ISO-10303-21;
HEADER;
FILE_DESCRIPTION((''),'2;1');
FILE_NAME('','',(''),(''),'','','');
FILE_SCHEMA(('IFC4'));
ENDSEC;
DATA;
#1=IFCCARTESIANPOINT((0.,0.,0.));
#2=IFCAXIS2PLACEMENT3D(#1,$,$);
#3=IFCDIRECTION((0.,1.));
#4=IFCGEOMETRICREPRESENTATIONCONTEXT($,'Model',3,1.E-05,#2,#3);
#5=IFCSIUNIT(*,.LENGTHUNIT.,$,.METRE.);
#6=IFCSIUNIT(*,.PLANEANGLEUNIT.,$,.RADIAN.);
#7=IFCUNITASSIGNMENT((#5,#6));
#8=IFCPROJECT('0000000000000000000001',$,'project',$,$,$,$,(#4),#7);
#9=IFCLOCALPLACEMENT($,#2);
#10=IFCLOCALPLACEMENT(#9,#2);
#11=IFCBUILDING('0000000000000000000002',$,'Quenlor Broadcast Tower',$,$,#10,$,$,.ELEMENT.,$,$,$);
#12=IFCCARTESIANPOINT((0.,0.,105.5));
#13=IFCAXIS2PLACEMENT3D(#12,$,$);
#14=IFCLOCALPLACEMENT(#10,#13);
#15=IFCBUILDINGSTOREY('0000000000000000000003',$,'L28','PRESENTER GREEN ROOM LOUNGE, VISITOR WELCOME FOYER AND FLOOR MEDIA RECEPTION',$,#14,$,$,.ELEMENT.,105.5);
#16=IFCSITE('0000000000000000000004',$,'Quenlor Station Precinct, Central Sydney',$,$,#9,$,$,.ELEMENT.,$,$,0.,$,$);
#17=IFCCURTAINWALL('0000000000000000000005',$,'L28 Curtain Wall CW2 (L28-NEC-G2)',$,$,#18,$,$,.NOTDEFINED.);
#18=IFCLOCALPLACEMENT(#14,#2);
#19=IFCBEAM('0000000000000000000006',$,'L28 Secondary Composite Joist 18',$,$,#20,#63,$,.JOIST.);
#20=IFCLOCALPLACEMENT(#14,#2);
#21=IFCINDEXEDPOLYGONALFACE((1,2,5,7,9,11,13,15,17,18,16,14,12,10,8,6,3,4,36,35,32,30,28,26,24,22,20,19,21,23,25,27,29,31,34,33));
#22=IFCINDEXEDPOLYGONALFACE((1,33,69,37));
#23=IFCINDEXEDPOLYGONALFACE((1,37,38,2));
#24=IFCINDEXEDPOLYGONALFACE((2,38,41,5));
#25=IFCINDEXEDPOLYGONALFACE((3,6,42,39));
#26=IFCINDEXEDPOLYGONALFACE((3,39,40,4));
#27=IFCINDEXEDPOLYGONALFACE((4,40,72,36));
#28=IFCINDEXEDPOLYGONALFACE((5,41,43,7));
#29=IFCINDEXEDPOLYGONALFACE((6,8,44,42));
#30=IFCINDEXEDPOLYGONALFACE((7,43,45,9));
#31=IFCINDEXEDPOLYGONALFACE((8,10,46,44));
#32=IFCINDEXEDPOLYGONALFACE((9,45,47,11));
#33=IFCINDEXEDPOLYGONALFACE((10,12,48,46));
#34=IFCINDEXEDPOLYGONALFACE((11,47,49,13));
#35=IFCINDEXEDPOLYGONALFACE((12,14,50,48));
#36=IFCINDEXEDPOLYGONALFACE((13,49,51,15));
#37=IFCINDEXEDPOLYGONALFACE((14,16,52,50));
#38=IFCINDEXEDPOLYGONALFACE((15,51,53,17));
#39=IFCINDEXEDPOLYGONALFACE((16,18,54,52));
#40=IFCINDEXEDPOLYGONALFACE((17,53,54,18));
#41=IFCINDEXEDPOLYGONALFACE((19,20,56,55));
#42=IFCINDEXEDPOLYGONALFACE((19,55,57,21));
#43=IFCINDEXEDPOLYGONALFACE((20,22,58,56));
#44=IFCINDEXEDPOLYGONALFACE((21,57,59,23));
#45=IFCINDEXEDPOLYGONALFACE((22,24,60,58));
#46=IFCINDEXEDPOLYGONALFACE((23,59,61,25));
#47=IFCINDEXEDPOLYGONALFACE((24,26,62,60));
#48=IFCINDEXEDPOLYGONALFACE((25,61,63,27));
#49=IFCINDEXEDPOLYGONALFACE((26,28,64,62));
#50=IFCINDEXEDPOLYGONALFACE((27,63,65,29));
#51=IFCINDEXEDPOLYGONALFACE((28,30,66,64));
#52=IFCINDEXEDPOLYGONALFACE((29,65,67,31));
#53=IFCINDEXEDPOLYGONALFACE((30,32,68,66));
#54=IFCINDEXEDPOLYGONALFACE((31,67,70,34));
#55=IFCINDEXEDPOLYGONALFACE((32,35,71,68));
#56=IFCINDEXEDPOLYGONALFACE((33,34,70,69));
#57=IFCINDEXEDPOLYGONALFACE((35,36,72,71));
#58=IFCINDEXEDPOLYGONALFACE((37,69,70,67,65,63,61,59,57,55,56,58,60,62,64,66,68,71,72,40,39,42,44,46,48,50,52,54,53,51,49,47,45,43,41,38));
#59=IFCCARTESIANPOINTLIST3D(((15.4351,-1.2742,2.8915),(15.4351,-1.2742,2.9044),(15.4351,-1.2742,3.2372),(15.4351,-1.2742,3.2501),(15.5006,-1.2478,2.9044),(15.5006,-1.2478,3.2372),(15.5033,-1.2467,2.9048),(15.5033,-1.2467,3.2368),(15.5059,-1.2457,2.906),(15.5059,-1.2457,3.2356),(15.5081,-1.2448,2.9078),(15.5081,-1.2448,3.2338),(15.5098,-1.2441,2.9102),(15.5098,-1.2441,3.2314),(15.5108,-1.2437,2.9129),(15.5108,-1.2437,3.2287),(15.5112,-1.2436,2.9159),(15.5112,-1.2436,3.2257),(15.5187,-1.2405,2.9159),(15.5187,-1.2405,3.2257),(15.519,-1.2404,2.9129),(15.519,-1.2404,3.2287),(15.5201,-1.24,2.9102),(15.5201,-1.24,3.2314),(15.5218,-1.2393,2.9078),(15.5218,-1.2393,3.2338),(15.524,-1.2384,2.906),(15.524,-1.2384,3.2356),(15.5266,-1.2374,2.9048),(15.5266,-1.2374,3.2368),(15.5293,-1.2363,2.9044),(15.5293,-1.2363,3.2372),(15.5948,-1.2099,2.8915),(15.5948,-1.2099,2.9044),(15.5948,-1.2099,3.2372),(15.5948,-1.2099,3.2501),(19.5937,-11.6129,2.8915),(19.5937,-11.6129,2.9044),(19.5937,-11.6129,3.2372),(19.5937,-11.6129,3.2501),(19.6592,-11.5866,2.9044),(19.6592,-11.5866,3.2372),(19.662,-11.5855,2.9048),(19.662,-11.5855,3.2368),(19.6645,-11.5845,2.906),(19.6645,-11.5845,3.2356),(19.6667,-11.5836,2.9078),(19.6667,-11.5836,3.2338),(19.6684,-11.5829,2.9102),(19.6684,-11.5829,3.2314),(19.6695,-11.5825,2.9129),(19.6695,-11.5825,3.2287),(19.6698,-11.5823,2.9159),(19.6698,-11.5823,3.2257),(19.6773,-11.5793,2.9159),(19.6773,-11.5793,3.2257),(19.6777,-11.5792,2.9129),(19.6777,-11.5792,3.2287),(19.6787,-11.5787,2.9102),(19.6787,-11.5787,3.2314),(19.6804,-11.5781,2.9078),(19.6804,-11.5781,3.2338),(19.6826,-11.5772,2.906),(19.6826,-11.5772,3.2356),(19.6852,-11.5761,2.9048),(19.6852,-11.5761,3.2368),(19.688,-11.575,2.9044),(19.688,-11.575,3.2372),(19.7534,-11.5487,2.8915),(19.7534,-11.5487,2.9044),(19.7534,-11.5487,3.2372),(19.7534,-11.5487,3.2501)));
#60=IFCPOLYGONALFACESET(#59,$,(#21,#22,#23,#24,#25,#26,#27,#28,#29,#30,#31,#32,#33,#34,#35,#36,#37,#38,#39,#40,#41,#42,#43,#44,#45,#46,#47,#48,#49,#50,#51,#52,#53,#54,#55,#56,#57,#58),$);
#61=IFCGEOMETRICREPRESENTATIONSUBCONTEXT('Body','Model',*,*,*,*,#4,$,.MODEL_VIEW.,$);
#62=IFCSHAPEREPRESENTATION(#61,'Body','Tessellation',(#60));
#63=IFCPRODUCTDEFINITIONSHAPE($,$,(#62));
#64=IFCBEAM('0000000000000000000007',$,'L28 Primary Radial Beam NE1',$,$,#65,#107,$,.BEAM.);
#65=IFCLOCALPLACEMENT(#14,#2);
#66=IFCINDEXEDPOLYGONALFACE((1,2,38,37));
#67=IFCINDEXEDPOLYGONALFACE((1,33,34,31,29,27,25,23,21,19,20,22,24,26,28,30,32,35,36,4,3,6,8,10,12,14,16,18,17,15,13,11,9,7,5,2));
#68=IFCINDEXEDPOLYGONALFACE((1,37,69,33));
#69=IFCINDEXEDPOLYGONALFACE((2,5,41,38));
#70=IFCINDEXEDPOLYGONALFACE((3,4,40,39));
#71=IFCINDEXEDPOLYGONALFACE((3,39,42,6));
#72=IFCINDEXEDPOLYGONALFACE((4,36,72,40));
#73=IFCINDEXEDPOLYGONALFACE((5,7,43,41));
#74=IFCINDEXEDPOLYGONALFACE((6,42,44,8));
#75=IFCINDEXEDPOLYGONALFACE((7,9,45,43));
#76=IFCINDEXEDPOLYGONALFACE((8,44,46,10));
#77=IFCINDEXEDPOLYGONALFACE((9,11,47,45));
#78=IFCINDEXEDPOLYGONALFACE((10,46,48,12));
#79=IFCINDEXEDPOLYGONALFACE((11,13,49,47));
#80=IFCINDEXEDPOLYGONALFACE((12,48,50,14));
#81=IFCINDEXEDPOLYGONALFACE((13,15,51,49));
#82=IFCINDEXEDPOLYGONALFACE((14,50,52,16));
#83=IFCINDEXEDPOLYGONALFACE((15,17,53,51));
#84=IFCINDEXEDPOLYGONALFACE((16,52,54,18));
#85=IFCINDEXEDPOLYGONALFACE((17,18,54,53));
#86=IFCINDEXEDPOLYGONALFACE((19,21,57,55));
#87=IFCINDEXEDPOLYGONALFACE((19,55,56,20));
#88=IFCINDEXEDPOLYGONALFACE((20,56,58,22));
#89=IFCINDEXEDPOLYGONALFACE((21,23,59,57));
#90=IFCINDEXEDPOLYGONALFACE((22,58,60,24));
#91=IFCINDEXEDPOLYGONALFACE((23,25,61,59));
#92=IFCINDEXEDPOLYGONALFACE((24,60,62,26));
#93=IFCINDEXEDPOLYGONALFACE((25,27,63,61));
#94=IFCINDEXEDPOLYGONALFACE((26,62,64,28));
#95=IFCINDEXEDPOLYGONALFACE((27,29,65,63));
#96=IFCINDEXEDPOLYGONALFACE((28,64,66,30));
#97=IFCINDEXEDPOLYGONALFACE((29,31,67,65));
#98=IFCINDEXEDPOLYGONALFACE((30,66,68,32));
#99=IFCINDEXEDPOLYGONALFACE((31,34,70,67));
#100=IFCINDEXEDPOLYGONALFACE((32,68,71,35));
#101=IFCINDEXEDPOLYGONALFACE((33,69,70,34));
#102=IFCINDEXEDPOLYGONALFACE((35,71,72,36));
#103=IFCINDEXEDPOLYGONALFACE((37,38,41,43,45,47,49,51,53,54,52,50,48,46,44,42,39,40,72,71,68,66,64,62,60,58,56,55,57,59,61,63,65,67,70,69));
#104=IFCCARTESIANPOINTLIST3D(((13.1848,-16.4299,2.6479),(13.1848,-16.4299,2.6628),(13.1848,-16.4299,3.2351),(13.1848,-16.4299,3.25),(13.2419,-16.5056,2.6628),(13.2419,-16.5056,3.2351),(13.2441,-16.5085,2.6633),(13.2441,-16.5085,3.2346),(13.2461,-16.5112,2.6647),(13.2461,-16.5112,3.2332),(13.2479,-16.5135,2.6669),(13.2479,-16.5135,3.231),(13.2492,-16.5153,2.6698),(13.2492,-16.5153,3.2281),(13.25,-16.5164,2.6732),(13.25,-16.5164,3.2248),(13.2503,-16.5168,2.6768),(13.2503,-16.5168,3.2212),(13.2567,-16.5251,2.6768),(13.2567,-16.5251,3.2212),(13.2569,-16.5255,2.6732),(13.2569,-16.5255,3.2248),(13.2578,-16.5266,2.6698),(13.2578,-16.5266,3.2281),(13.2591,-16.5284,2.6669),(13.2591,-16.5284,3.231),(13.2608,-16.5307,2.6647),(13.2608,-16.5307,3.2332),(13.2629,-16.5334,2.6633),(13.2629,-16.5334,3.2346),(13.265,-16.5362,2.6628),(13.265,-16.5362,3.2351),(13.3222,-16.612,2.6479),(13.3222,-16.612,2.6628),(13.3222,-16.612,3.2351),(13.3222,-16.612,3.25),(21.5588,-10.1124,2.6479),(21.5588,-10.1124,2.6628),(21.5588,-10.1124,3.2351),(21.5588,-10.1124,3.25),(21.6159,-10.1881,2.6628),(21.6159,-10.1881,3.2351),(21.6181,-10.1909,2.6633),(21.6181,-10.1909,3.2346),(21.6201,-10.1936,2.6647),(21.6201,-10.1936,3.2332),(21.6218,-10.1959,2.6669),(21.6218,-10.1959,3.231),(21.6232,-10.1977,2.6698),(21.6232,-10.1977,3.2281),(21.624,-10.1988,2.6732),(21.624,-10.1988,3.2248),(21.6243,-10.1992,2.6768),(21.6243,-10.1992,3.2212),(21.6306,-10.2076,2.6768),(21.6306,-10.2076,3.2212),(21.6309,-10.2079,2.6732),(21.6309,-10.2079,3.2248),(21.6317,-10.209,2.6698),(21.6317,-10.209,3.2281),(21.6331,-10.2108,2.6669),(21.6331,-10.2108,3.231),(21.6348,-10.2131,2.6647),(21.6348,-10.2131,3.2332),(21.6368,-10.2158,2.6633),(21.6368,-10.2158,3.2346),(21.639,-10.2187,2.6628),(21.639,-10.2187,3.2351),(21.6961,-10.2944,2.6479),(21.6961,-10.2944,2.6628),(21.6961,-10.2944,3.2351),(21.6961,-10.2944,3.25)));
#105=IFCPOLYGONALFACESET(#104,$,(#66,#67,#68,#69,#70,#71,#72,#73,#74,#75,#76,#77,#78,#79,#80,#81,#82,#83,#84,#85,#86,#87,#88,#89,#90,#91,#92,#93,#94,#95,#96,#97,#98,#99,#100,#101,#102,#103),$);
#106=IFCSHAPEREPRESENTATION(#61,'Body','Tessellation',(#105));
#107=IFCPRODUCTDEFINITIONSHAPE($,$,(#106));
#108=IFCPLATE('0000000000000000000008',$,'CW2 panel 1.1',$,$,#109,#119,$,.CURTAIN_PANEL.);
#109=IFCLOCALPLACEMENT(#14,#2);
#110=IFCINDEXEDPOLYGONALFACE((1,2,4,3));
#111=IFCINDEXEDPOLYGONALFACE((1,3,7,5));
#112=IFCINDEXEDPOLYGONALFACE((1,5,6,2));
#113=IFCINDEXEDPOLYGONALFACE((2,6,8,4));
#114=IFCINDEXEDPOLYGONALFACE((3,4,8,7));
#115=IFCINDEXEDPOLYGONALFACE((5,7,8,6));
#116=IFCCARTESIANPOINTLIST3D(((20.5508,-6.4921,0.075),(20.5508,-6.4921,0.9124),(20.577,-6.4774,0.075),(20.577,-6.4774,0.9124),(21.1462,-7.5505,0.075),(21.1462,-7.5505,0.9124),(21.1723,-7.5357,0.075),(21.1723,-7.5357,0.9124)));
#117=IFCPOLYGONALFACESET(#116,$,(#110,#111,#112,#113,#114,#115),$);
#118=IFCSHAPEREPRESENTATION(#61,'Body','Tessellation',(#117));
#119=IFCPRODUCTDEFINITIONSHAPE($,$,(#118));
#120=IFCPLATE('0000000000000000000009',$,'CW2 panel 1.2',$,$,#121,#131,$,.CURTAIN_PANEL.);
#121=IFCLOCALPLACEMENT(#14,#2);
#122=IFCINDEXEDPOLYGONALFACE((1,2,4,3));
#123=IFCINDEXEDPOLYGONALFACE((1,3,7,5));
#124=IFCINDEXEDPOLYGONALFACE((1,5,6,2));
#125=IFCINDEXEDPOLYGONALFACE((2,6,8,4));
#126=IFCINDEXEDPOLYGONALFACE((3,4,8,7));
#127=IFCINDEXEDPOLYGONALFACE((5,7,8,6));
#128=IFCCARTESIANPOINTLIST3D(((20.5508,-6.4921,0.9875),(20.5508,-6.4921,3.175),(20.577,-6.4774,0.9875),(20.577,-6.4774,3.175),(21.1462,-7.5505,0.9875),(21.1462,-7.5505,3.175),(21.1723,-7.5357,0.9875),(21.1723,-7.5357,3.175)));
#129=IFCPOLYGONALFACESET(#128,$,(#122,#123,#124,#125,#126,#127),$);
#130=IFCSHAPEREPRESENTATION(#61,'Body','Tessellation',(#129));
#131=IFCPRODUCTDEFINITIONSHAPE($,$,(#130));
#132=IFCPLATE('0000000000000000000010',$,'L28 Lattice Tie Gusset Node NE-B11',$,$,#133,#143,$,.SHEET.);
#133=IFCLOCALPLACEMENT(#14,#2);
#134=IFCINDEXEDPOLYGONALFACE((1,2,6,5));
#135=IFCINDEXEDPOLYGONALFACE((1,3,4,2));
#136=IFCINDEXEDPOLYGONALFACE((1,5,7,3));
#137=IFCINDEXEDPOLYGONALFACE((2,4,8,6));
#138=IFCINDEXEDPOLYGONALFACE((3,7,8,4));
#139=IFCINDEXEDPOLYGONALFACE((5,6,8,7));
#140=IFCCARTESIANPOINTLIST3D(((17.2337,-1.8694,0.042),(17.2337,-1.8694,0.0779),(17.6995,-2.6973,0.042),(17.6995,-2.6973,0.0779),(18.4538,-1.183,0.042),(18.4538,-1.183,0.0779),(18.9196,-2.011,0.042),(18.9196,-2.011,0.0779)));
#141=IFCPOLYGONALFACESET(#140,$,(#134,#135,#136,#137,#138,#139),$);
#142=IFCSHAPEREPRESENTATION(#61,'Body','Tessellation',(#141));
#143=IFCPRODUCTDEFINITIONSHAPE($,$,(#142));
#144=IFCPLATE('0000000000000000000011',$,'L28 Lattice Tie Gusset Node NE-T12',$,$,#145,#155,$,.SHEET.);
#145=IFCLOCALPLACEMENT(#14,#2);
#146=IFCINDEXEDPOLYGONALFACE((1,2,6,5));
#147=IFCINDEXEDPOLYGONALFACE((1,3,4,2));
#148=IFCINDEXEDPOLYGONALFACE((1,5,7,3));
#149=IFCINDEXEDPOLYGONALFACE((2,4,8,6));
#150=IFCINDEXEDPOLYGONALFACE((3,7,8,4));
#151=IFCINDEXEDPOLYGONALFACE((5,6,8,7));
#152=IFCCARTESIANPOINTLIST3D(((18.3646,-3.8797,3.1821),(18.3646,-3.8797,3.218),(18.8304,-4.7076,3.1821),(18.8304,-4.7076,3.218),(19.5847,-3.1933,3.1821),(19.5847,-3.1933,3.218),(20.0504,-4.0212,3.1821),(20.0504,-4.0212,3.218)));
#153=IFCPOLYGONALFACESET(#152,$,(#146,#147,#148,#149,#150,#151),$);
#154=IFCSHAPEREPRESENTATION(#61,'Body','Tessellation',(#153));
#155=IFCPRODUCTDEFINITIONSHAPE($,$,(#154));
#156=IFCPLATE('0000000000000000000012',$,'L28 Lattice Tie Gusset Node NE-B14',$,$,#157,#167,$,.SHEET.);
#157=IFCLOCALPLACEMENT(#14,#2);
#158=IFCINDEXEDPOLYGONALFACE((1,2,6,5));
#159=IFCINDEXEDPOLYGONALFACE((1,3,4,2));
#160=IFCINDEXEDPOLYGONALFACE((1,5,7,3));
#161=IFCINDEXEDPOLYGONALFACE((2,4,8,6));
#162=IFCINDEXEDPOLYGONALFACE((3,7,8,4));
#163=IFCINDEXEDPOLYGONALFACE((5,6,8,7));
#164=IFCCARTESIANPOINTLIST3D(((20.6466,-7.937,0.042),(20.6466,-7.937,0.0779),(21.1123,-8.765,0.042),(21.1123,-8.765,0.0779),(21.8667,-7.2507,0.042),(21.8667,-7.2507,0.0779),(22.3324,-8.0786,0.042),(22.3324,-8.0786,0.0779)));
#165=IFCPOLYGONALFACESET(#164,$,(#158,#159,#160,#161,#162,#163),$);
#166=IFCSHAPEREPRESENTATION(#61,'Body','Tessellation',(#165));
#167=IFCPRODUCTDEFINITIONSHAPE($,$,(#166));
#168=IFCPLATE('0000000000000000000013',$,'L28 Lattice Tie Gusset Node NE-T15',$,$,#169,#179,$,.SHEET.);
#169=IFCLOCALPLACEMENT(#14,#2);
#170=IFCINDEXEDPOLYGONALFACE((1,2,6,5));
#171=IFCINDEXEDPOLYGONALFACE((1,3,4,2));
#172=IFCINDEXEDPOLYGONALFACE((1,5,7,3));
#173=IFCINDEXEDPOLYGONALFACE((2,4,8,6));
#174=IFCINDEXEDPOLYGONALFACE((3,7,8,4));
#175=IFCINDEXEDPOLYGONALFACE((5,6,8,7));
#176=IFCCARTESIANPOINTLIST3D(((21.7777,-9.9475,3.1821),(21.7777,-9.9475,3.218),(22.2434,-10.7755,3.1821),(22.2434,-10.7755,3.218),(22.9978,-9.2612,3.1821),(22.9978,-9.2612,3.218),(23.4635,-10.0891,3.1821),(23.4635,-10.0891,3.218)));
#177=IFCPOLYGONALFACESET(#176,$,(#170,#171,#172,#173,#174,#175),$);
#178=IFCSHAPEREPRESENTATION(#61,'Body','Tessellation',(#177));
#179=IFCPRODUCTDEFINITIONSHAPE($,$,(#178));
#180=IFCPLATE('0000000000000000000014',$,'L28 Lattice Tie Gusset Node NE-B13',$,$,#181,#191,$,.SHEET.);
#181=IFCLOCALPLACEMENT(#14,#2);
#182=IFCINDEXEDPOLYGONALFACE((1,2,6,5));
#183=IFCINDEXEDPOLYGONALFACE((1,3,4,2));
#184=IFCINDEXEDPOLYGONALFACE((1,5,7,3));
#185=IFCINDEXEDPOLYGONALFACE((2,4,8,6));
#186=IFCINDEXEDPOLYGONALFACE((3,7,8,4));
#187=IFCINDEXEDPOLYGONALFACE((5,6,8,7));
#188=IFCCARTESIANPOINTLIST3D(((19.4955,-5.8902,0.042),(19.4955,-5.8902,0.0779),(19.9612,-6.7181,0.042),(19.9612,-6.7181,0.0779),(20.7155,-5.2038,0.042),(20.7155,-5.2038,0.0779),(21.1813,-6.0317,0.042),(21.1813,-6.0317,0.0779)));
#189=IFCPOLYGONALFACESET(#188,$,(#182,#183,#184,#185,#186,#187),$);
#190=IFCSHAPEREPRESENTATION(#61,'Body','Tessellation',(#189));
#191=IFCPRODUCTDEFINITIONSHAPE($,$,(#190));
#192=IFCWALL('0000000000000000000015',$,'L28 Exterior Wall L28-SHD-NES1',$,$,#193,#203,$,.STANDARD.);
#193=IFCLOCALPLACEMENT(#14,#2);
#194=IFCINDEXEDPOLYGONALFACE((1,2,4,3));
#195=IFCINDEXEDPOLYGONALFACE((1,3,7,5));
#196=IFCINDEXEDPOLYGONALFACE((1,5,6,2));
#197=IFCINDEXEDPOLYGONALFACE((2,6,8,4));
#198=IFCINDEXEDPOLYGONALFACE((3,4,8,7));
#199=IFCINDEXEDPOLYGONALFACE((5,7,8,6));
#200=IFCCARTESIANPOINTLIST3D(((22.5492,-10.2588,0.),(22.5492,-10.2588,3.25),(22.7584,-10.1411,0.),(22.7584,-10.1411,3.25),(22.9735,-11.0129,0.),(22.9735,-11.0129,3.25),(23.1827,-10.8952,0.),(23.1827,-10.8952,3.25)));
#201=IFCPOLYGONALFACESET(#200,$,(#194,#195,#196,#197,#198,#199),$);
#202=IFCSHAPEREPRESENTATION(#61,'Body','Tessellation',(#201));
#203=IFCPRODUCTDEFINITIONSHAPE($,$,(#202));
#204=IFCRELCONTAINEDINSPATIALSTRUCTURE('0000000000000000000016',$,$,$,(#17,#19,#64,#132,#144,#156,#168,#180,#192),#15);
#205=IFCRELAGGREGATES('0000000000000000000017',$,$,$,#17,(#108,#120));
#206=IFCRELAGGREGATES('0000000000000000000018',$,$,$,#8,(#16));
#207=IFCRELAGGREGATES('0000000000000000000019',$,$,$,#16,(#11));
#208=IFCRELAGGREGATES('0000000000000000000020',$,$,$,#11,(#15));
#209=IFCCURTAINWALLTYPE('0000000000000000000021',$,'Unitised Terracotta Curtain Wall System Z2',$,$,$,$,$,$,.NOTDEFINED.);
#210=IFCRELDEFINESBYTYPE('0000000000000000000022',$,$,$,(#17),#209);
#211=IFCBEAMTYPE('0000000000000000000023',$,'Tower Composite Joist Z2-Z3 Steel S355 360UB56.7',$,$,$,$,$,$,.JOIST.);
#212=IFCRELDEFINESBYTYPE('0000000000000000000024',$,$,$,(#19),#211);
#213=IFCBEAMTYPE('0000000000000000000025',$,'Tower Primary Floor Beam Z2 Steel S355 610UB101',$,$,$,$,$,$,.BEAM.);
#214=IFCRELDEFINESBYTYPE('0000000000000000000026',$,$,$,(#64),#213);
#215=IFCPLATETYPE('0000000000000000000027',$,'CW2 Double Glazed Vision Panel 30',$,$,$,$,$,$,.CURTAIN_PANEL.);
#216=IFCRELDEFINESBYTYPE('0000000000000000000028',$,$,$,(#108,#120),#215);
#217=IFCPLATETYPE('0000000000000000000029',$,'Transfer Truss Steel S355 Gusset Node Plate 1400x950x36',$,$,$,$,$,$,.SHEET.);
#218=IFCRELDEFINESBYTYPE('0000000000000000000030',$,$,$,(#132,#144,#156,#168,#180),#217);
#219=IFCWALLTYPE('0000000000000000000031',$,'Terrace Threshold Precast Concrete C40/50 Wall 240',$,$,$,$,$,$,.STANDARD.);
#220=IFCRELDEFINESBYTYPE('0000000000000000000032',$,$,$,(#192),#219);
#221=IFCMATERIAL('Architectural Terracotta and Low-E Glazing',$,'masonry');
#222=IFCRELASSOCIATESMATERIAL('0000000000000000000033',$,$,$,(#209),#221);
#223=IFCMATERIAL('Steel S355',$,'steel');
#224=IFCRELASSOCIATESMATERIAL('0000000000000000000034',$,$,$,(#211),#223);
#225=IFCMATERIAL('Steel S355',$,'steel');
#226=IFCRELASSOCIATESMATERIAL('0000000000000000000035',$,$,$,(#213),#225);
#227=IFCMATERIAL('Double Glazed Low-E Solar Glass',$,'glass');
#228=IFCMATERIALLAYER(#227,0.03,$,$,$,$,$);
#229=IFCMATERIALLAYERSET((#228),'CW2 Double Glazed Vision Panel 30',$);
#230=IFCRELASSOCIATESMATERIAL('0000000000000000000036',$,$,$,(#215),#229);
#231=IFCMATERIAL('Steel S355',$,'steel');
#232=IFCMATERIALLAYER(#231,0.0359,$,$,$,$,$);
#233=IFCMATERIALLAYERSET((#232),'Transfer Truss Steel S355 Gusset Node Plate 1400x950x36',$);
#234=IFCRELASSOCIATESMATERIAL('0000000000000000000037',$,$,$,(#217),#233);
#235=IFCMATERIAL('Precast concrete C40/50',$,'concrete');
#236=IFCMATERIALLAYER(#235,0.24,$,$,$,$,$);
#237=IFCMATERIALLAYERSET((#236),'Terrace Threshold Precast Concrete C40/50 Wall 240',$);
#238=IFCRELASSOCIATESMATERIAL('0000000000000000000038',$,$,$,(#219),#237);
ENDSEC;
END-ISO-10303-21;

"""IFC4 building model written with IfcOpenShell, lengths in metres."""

from ifc_helpers import new_model, si_unit, direction, frame, frame_2d, origin, origin_2d, place, context, subcontext, project, spatial, rectangle, i_section, extrude, material, layer, layer_set, material_profile, profile_set, type_object, element, aggregate, save


model = new_model("IFC4")

# Units and contexts
model_context = context("Model", 3, precision=1e-05, world=origin(), true_north=direction((0.0, 1.0)))
body_context = subcontext(model_context, "Body", "Model", "MODEL_VIEW")
ifc_project = project(units=[si_unit("LENGTHUNIT", "METRE"), si_unit("PLANEANGLEUNIT", "RADIAN")], contexts=[model_context])

# Site, building, storey
site_placement = place(None, origin())
site = spatial("IfcSite", under=ifc_project, at=site_placement, Name="Quenlor Station Precinct, Central Sydney", CompositionType="ELEMENT", RefElevation=0.0)
building_placement = place(site_placement, origin())
building = spatial("IfcBuilding", under=site, at=building_placement, Name="Quenlor Broadcast Tower", CompositionType="ELEMENT")
storey_placement = place(building_placement, frame((0.0, 0.0, 105.5)))
storey = spatial("IfcBuildingStorey", under=building, at=storey_placement, Name="L28", Description="PRESENTER GREEN ROOM LOUNGE, VISITOR WELCOME FOYER AND FLOOR MEDIA RECEPTION", CompositionType="ELEMENT", Elevation=105.5)

# Shared definitions
ifc_material_1 = material(Name="Architectural Terracotta and Low-E Glazing", Category="masonry")
curtain_wall_type = type_object("IfcCurtainWallType", Name="Unitised Terracotta Curtain Wall System Z2", PredefinedType="NOTDEFINED", material=ifc_material_1)

# Curtain wall
curtain_wall_1_placement = place(storey_placement, origin())
curtain_wall_1 = element("IfcCurtainWall", 1, at=curtain_wall_1_placement, inside=storey, type_object=curtain_wall_type, Name="L28 Curtain Wall CW2 (L28-NEC-G2)", PredefinedType="NOTDEFINED")

# Beams
ifc_material_2 = material(Name="Steel S355", Category="steel")
ifc_material_profile_1 = material_profile(ifc_material_2, i_section(OverallWidth=0.1721, OverallDepth=0.3586, WebThickness=0.0081, FlangeThickness=0.0129, FilletRadius=0.0115, at=origin_2d()))
ifc_profile_set_1 = profile_set([ifc_material_profile_1], Name="Steel S355 360UB56.7")
beam_type_1 = type_object("IfcBeamType", Name="Tower Composite Joist Z2-Z3 Steel S355 360UB56.7", PredefinedType="JOIST", material=ifc_profile_set_1)
beam_1_placement = place(storey_placement, frame((19.6736, -11.5808, 3.0708), z_axis=(-0.37318, 0.927759, 0.0), x_axis=(-0.927759, -0.37318, 0.0)))
element("IfcBeam", 2, at=beam_1_placement, inside=storey, type_object=beam_type_1, Name="L28 Secondary Composite Joist 18", PredefinedType="JOIST", context=body_context, shape_type="SweptSolid", body=[
    extrude(i_section(OverallWidth=0.1721, OverallDepth=0.3586, WebThickness=0.0081, FlangeThickness=0.0129, FilletRadius=0.0115, at=origin_2d()), origin(), (0.0, 0.0, 1.0), 11.1438),
])
ifc_material_3 = material(Name="Steel S355", Category="steel")
ifc_material_profile_2 = material_profile(ifc_material_3, i_section(OverallWidth=0.228, OverallDepth=0.6021, WebThickness=0.0105, FlangeThickness=0.0149, FilletRadius=0.0139, at=origin_2d()))
ifc_profile_set_2 = profile_set([ifc_material_profile_2], Name="Steel S355 610UB101")
beam_type_2 = type_object("IfcBeamType", Name="Tower Primary Floor Beam Z2 Steel S355 610UB101", PredefinedType="BEAM", material=ifc_profile_set_2)
beam_2_placement = place(storey_placement, frame((21.6274, -10.2034, 2.949), z_axis=(-0.798299, -0.602262, 0.0), x_axis=(0.602262, -0.798299, 0.0)))
element("IfcBeam", 3, at=beam_2_placement, inside=storey, type_object=beam_type_2, Name="L28 Primary Radial Beam NE1", PredefinedType="BEAM", context=body_context, shape_type="SweptSolid", body=[
    extrude(i_section(OverallWidth=0.228, OverallDepth=0.6021, WebThickness=0.0105, FlangeThickness=0.0149, FilletRadius=0.0139, at=origin_2d()), origin(), (0.0, 0.0, 1.0), 10.4897),
])

# Plates
ifc_material_4 = material(Name="Double Glazed Low-E Solar Glass", Category="glass")
ifc_layer_1 = layer(ifc_material_4, 0.03)
ifc_layer_set_1 = layer_set([ifc_layer_1], Name="CW2 Double Glazed Vision Panel 30")
plate_type_1 = type_object("IfcPlateType", Name="CW2 Double Glazed Vision Panel 30", PredefinedType="CURTAIN_PANEL", material=ifc_layer_set_1)
plate_1_placement = place(storey_placement, frame((20.8616, -7.0139, 0.075), z_axis=(0.0, 0.0, 1.0), x_axis=(0.490279, -0.871566, 0.0)))
plate_1 = element("IfcPlate", 4, at=plate_1_placement, type_object=plate_type_1, Name="CW2 panel 1.1", PredefinedType="CURTAIN_PANEL", context=body_context, shape_type="SweptSolid", body=[
    extrude(rectangle(XDim=1.2144, YDim=0.03, at=origin_2d()), origin(), (0.0, 0.0, 1.0), 0.8374),
])
plate_2_placement = place(storey_placement, frame((20.8616, -7.0139, 0.9875), z_axis=(0.0, 0.0, 1.0), x_axis=(0.490279, -0.871566, 0.0)))
plate_2 = element("IfcPlate", 5, at=plate_2_placement, type_object=plate_type_1, Name="CW2 panel 1.2", PredefinedType="CURTAIN_PANEL", context=body_context, shape_type="SweptSolid", body=[
    extrude(rectangle(XDim=1.2144, YDim=0.03, at=origin_2d()), origin(), (0.0, 0.0, 1.0), 2.1875),
])
aggregate(curtain_wall_1, [plate_1, plate_2])

# Plates
ifc_material_5 = material(Name="Steel S355", Category="steel")
ifc_layer_2 = layer(ifc_material_5, 0.0359)
ifc_layer_set_2 = layer_set([ifc_layer_2], Name="Transfer Truss Steel S355 Gusset Node Plate 1400x950x36")
plate_type_2 = type_object("IfcPlateType", Name="Transfer Truss Steel S355 Gusset Node Plate 1400x950x36", PredefinedType="SHEET", material=ifc_layer_set_2)
for number, where, z_axis, x_axis, name in (
    (6, (18.0767, -1.9402, 0.042), (0.0, 0.0, 1.0), (0.871556, 0.490295, 0.0), "L28 Lattice Tie Gusset Node NE-B11"),
    (7, (19.2075, -3.9504, 3.1821), (0.0, 0.0, 1.0), (0.871556, 0.490295, 0.0), "L28 Lattice Tie Gusset Node NE-T12"),
    (8, (21.4895, -8.0078, 0.042), (0.0, 0.0, 1.0), (0.871556, 0.490295, 0.0), "L28 Lattice Tie Gusset Node NE-B14"),
    (9, (22.6206, -10.0183, 3.1821), (0.0, 0.0, 1.0), (0.871556, 0.490295, 0.0), "L28 Lattice Tie Gusset Node NE-T15"),
    (10, (20.3384, -5.9609, 0.042), (0.0, 0.0, 1.0), (0.871556, 0.490295, 0.0), "L28 Lattice Tie Gusset Node NE-B13"),
):
    element("IfcPlate", number, at=place(storey_placement, frame(where, z_axis=z_axis, x_axis=x_axis)), inside=storey, type_object=plate_type_2, Name=name, PredefinedType="SHEET", context=body_context, shape_type="SweptSolid", body=[
        extrude(rectangle(XDim=1.3999, YDim=0.95, at=origin_2d()), origin(), (0.0, 0.0, 1.0), 0.0359),
    ])

# Wall
ifc_material_6 = material(Name="Precast concrete C40/50", Category="concrete")
ifc_layer_3 = layer(ifc_material_6, 0.24)
ifc_layer_set_3 = layer_set([ifc_layer_3], Name="Terrace Threshold Precast Concrete C40/50 Wall 240")
wall_type_1 = type_object("IfcWallType", Name="Terrace Threshold Precast Concrete C40/50 Wall 240", PredefinedType="STANDARD", material=ifc_layer_set_3)
wall_1_placement = place(storey_placement, frame((22.6538, -10.2, 0.0), z_axis=(0.0, 0.0, 1.0), x_axis=(0.490355, -0.871523, 0.0)))
element("IfcWall", 11, at=wall_1_placement, inside=storey, type_object=wall_type_1, Name="L28 Exterior Wall L28-SHD-NES1", PredefinedType="STANDARD", context=body_context, shape_type="SweptSolid", body=[
    extrude(rectangle(XDim=0.8652, YDim=0.24, at=frame_2d((0.4326, 0.0))), origin(), (0.0, 0.0, 1.0), 3.25),
])

save(model, "model.ifc")
